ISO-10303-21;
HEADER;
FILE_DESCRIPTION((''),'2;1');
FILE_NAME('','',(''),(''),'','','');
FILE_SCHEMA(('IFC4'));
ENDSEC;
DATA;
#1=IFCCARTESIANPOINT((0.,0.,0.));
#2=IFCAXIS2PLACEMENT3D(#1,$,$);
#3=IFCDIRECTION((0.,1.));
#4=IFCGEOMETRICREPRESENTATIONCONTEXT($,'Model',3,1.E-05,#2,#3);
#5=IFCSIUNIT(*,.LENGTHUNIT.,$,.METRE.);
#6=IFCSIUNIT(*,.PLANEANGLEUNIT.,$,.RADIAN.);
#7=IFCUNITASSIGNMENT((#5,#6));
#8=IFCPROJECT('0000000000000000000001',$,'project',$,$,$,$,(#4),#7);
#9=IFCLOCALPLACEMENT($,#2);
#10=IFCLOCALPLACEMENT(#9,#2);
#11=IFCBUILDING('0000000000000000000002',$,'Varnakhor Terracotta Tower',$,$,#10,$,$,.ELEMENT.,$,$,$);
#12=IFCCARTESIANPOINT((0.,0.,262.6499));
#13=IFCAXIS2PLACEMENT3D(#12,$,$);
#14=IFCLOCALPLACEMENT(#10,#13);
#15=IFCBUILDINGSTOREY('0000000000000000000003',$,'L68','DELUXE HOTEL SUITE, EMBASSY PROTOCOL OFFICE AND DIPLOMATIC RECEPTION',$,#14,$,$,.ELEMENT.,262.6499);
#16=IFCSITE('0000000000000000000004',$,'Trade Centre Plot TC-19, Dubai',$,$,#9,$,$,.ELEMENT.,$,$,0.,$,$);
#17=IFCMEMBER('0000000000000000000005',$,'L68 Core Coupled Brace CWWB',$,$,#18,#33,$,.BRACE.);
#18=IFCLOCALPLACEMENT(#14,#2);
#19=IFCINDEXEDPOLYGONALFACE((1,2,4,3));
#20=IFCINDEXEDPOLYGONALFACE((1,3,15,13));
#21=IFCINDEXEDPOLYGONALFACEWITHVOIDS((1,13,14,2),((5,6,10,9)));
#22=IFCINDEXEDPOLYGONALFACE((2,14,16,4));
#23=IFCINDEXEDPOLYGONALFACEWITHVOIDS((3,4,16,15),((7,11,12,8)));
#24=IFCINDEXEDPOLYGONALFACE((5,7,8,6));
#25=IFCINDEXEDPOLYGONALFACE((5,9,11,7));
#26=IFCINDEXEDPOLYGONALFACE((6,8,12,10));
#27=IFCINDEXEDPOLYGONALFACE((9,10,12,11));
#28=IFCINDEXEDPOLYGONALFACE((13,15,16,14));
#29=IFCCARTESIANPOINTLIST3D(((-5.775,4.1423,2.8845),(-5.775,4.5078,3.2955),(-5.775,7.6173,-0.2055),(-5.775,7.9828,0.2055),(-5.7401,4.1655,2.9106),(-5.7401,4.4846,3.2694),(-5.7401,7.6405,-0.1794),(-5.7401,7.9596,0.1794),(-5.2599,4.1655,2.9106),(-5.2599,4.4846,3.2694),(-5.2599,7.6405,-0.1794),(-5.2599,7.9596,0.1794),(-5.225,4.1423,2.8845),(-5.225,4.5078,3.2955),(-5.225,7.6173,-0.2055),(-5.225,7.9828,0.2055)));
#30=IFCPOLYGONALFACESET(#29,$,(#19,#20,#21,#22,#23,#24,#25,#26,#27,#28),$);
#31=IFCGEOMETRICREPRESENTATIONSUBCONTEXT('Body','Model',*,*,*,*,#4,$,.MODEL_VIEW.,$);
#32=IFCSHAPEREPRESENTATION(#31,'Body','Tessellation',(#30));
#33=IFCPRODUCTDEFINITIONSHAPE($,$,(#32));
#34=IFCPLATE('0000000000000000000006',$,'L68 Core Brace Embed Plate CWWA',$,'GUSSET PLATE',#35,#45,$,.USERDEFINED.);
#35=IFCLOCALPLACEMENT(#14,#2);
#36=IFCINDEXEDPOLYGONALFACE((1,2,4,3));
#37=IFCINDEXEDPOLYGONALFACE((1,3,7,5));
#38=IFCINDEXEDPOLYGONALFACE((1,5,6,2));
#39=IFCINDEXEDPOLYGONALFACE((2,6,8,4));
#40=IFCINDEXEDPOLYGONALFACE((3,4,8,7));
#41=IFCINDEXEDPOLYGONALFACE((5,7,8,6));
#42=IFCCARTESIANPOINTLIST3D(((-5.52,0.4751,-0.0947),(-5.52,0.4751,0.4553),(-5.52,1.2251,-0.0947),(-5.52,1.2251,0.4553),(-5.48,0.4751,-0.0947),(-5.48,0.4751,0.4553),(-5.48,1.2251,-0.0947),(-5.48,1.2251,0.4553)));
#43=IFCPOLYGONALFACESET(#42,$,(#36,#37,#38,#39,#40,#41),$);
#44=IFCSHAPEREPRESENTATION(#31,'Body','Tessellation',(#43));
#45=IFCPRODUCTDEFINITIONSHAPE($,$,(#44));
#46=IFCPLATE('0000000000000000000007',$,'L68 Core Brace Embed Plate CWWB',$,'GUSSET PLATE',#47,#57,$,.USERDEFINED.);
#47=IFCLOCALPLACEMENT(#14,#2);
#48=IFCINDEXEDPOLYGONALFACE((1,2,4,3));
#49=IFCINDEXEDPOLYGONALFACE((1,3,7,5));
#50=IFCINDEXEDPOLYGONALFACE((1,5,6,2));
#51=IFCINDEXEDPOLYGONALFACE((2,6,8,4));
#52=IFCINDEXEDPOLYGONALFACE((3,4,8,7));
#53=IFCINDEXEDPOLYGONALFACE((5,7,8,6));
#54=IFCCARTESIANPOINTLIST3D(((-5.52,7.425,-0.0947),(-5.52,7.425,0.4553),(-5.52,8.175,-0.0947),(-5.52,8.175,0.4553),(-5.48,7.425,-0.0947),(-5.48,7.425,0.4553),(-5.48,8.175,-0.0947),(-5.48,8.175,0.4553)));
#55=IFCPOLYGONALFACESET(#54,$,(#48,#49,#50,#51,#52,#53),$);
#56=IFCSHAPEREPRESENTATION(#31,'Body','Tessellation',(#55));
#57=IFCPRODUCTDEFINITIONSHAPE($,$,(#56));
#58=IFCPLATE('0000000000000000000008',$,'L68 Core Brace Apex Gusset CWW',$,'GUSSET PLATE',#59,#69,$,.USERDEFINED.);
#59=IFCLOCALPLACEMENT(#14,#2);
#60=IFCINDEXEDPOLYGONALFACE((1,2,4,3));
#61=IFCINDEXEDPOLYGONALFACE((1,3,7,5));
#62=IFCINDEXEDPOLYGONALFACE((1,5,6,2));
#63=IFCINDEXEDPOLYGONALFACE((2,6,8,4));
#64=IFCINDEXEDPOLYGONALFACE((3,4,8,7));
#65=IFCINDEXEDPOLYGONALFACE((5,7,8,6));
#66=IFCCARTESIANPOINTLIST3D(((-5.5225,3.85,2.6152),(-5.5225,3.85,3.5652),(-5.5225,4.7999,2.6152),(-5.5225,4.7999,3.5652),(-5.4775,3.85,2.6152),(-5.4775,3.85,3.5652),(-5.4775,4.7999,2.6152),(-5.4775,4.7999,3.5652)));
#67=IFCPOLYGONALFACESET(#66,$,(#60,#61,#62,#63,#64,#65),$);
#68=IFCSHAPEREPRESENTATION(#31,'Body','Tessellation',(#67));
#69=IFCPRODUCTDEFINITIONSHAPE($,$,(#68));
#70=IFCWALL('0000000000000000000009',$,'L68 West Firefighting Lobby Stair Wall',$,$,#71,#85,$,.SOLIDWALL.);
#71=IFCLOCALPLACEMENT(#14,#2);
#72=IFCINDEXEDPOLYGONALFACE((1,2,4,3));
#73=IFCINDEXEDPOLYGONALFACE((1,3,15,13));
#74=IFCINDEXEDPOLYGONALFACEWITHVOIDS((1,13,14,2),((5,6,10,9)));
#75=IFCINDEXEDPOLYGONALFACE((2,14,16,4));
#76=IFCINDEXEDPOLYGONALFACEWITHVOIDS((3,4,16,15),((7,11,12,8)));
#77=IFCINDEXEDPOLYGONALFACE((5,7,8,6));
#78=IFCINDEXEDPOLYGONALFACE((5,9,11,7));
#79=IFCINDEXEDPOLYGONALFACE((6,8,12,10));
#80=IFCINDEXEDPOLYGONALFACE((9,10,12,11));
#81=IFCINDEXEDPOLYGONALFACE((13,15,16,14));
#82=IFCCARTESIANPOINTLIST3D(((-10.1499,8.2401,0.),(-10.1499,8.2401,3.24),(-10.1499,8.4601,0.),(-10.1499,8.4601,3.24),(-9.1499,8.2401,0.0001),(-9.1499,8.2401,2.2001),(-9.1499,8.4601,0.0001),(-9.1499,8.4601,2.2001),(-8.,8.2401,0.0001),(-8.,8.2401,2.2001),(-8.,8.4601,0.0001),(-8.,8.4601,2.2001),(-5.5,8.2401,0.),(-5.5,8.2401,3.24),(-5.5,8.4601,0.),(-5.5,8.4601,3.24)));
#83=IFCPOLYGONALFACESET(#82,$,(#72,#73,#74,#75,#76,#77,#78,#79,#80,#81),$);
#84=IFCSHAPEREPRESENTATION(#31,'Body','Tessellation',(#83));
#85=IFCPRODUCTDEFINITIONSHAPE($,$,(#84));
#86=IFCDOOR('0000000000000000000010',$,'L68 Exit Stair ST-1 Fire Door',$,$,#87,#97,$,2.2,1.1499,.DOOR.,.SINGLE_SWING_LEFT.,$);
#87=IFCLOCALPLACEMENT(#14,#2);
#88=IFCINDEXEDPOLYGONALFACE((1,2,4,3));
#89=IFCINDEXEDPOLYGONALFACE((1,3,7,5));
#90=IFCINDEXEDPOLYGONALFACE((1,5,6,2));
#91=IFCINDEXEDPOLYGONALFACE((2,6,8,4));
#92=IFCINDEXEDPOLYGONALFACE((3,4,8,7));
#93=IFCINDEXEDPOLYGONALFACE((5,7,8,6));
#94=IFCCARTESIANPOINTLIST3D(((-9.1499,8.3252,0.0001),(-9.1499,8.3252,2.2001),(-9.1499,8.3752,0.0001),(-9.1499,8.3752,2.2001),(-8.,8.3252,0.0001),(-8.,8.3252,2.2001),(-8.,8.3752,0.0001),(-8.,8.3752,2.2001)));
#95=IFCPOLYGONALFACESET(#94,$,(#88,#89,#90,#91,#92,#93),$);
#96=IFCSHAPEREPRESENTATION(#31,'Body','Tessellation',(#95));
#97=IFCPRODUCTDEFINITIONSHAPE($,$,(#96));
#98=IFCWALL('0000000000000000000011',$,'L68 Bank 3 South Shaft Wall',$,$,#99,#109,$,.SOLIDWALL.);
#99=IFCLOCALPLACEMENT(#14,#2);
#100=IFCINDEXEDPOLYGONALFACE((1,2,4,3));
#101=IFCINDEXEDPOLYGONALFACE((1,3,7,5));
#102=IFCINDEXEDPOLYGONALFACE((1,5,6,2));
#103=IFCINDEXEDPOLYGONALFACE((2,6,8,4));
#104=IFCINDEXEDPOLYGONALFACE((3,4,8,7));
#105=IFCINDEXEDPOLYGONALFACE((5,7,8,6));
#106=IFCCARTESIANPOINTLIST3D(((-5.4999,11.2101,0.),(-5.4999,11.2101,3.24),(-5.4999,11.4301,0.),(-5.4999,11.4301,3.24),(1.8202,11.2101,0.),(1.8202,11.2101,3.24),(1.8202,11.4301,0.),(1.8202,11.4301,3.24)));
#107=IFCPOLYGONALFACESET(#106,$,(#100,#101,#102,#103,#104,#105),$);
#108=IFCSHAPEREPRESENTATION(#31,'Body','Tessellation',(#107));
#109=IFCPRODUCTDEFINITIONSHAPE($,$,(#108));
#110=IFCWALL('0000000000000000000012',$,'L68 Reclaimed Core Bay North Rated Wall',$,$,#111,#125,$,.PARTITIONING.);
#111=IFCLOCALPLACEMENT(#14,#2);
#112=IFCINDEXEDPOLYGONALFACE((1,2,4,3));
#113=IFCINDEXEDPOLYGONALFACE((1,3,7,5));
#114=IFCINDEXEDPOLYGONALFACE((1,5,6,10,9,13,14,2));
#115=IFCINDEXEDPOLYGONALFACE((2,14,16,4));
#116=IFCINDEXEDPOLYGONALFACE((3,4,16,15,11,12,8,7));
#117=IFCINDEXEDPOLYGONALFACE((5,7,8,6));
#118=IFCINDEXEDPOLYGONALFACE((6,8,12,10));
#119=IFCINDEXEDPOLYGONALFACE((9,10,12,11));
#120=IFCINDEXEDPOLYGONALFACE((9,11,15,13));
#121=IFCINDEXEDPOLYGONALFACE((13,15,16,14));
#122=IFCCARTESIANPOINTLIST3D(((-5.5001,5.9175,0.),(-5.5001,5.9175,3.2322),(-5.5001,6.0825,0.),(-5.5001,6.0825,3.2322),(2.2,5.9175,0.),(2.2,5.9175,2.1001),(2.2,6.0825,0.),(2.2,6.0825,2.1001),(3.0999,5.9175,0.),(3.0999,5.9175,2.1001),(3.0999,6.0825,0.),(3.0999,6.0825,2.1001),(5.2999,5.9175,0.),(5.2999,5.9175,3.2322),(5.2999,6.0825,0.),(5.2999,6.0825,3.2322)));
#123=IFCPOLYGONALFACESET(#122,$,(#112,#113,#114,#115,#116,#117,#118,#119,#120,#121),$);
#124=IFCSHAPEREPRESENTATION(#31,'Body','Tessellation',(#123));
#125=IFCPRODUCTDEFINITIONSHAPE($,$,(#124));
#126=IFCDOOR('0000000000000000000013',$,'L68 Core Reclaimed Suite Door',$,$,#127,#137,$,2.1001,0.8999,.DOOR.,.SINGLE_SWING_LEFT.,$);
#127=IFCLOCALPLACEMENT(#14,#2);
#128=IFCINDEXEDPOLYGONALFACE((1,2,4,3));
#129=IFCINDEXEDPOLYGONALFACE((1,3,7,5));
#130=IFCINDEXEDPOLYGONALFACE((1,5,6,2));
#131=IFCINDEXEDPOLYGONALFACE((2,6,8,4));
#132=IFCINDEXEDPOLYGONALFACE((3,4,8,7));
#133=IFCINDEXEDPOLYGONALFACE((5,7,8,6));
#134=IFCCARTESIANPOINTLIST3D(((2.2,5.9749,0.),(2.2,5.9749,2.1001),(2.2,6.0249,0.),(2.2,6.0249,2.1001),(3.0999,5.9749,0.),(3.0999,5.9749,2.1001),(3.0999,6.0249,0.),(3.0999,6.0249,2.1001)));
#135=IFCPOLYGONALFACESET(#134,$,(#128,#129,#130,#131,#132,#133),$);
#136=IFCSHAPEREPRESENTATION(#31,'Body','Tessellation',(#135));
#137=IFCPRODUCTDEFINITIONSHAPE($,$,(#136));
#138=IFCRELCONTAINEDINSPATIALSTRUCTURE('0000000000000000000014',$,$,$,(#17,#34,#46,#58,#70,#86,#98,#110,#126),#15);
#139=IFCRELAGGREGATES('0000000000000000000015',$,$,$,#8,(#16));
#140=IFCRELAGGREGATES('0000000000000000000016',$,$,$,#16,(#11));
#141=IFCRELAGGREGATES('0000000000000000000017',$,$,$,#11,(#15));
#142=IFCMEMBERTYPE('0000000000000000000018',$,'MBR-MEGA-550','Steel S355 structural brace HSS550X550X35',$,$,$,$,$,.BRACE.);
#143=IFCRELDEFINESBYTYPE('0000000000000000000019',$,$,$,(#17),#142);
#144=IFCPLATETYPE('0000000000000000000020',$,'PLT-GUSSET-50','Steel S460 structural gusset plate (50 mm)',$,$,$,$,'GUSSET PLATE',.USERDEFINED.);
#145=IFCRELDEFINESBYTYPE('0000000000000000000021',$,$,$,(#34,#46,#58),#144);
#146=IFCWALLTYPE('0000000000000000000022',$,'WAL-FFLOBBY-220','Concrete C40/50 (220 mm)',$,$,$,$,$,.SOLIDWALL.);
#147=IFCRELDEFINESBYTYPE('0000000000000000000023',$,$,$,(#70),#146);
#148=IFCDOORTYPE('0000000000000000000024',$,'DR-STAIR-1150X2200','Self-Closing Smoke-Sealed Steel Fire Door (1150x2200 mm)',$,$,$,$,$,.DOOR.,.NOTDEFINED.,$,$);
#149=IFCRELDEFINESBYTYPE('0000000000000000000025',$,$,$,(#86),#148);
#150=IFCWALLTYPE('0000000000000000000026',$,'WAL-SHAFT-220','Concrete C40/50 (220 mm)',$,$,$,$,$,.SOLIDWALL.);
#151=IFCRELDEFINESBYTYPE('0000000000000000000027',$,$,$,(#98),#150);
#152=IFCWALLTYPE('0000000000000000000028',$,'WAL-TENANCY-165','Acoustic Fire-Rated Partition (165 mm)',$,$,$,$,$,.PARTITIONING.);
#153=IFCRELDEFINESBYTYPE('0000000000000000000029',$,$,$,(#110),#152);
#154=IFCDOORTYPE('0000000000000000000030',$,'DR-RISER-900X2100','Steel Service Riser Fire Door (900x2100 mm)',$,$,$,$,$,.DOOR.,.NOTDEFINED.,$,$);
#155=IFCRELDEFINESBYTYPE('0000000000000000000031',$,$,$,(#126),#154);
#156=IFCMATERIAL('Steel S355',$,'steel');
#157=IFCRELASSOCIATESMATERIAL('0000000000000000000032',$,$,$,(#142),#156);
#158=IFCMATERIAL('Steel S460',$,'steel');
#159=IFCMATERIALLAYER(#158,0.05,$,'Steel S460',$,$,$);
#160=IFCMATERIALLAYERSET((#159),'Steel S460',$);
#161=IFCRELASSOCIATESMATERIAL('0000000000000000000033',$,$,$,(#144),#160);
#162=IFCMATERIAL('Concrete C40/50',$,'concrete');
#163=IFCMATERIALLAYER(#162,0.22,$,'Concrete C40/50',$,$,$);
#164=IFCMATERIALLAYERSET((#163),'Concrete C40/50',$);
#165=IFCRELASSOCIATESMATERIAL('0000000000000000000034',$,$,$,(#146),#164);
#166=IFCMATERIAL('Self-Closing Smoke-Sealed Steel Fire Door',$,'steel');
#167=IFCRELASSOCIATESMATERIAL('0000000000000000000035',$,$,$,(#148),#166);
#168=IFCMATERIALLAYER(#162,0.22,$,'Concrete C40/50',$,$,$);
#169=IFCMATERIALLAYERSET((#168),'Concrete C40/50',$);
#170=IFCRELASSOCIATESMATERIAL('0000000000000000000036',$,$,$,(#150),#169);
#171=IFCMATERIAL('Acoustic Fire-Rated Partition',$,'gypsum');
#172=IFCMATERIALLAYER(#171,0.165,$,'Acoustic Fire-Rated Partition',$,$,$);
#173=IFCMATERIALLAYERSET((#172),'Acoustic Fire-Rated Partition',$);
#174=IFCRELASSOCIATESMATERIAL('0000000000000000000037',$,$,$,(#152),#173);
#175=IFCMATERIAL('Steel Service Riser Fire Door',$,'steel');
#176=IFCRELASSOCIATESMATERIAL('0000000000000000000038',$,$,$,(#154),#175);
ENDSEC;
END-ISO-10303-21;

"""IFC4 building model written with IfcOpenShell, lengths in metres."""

from ifc_helpers import new_model, si_unit, direction, frame, frame_2d, origin, origin_2d, place, context, subcontext, project, spatial, rectangle, hollow_rectangle, extrude, source, transform, mapped, material, layer, layer_set, material_profile, profile_set, type_object, type_shapes, element, fill, save


model = new_model("IFC4")

# Units and contexts
model_context = context("Model", 3, precision=1e-05, world=origin(), true_north=direction((0.0, 1.0)))
body_context = subcontext(model_context, "Body", "Model", "MODEL_VIEW")
ifc_project = project(units=[si_unit("LENGTHUNIT", "METRE"), si_unit("PLANEANGLEUNIT", "RADIAN")], contexts=[model_context])

# Site, building, storey
site_placement = place(None, origin())
site = spatial("IfcSite", under=ifc_project, at=site_placement, Name="Trade Centre Plot TC-19, Dubai", CompositionType="ELEMENT", RefElevation=0.0)
building_placement = place(site_placement, origin())
building = spatial("IfcBuilding", under=site, at=building_placement, Name="Varnakhor Terracotta Tower", CompositionType="ELEMENT")
storey_placement = place(building_placement, frame((0.0, 0.0, 262.6499)))
storey = spatial("IfcBuildingStorey", under=building, at=storey_placement, Name="L68", Description="DELUXE HOTEL SUITE, EMBASSY PROTOCOL OFFICE AND DIPLOMATIC RECEPTION", CompositionType="ELEMENT", Elevation=262.6499)

# Member
ifc_material_1 = material(Name="Steel S355", Category="steel")
ifc_material_profile = material_profile(ifc_material_1, hollow_rectangle(XDim=0.55, YDim=0.55, WallThickness=0.0349, at=origin_2d()), Name="HSS550X550X35")
ifc_profile_set = profile_set([ifc_material_profile], Name="Steel S355")
member_type = type_object("IfcMemberType", Name="MBR-MEGA-550", Description="Steel S355 structural brace HSS550X550X35", PredefinedType="BRACE", material=ifc_profile_set)
shared_shape_1 = source(origin(), body_context, "Body", "SweptSolid", [
    extrude(hollow_rectangle(XDim=0.55, YDim=0.55, WallThickness=0.0349, at=origin_2d()), origin(), (0.0, 0.0, 1.0), 4.6501),
])
member_placement = place(storey_placement, frame((-5.5, 7.8, 0.0), z_axis=(0.0, -0.747291, 0.664497), x_axis=(1.0, 0.0, 0.0)))
element("IfcMember", 1, at=member_placement, inside=storey, type_object=member_type, Name="L68 Core Coupled Brace CWWB", PredefinedType="BRACE", context=body_context, shape_type="MappedRepresentation", body=[
    mapped(shared_shape_1, transform((0.0, 0.0, 0.0), scale=1.0)),
])

# Plates
ifc_material_2 = material(Name="Steel S460", Category="steel")
ifc_layer_1 = layer(ifc_material_2, 0.05, Name="Steel S460")
ifc_layer_set_1 = layer_set([ifc_layer_1], Name="Steel S460")
plate_type = type_object("IfcPlateType", Name="PLT-GUSSET-50", Description="Steel S460 structural gusset plate (50 mm)", ElementType="GUSSET PLATE", PredefinedType="USERDEFINED", material=ifc_layer_set_1)
shared_shape_2 = source(origin(), body_context, "Body", "SweptSolid", [
    extrude(rectangle(XDim=0.75, YDim=0.04, at=origin_2d()), origin(), (0.0, 0.0, 1.0), 0.55),
])
type_shapes(plate_type, [shared_shape_2])
for number, where, z_axis, x_axis, name in (
    (2, (-5.5, 0.8501, -0.0947), (0.0, 0.0, 1.0), (0.0, 1.0, 0.0), "L68 Core Brace Embed Plate CWWA"),
    (3, (-5.5, 7.8, -0.0947), (0.0, 0.0, 1.0), (0.0, 1.0, 0.0), "L68 Core Brace Embed Plate CWWB"),
):
    element("IfcPlate", number, at=place(storey_placement, frame(where, z_axis=z_axis, x_axis=x_axis)), inside=storey, type_object=plate_type, Name=name, ObjectType="GUSSET PLATE", PredefinedType="USERDEFINED", context=body_context, shape_type="MappedRepresentation", body=[
        mapped(shared_shape_2, transform((0.0, 0.0, 0.0), scale=1.0)),
    ])
shared_shape_3 = source(origin(), body_context, "Body", "SweptSolid", [
    extrude(rectangle(XDim=0.95, YDim=0.0449, at=origin_2d()), origin(), (0.0, 0.0, 1.0), 0.95),
])
plate_placement = place(storey_placement, frame((-5.5, 4.325, 2.6152), z_axis=(0.0, 0.0, 1.0), x_axis=(0.0, 1.0, 0.0)))
element("IfcPlate", 4, at=plate_placement, inside=storey, type_object=plate_type, Name="L68 Core Brace Apex Gusset CWW", ObjectType="GUSSET PLATE", PredefinedType="USERDEFINED", context=body_context, shape_type="MappedRepresentation", body=[
    mapped(shared_shape_3, transform((0.0, 0.0, 0.0), scale=1.0)),
])

# Wall, opening, door
ifc_material_3 = material(Name="Concrete C40/50", Category="concrete")
ifc_layer_2 = layer(ifc_material_3, 0.22, Name="Concrete C40/50")
ifc_layer_set_2 = layer_set([ifc_layer_2], Name="Concrete C40/50")
wall_type_1 = type_object("IfcWallType", Name="WAL-FFLOBBY-220", Description="Concrete C40/50 (220 mm)", PredefinedType="SOLIDWALL", material=ifc_layer_set_2)
wall_1_placement = place(storey_placement, frame((-5.5, 8.3501, 0.0), z_axis=(0.0, 0.0, 1.0), x_axis=(-1.0, 0.0, 0.0)))
wall_1 = element("IfcWall", 5, at=wall_1_placement, inside=storey, type_object=wall_type_1, Name="L68 West Firefighting Lobby Stair Wall", PredefinedType="SOLIDWALL", context=body_context, shape_type="SweptSolid", body=[
    extrude(rectangle(XDim=4.6499, YDim=0.22, at=frame_2d((2.325, 0.0))), origin(), (0.0, 0.0, 1.0), 3.24),
])
opening_1_placement = place(wall_1_placement, frame((2.5, 0.0, 0.0)))
opening_1 = element("IfcOpeningElement", 6, at=opening_1_placement, cuts=wall_1, PredefinedType="OPENING", context=body_context, shape_type="SweptSolid", body=[
    extrude(rectangle(XDim=1.1499, YDim=2.2, at=frame_2d((0.575, 1.1001))), frame((0.0, 0.1201, 0.0), z_axis=(0.0, -1.0, 0.0), x_axis=(1.0, 0.0, 0.0)), (0.0, 0.0, 1.0), 0.24),
])
ifc_material_4 = material(Name="Self-Closing Smoke-Sealed Steel Fire Door", Category="steel")
door_type_1 = type_object("IfcDoorType", Name="DR-STAIR-1150X2200", Description="Self-Closing Smoke-Sealed Steel Fire Door (1150x2200 mm)", OperationType="NOTDEFINED", PredefinedType="DOOR", material=ifc_material_4)
shared_shape_4 = source(origin(), body_context, "Body", "SweptSolid", [
    extrude(rectangle(XDim=1.1499, YDim=2.2, at=frame_2d((0.575, 1.1001))), frame((0.0, 0.0249, 0.0), z_axis=(0.0, -1.0, 0.0), x_axis=(1.0, 0.0, 0.0)), (0.0, 0.0, 1.0), 0.05),
])
type_shapes(door_type_1, [shared_shape_4])
door_1_placement = place(opening_1_placement, origin())
door_1 = element("IfcDoor", 7, at=door_1_placement, inside=storey, type_object=door_type_1, Name="L68 Exit Stair ST-1 Fire Door", OperationType="SINGLE_SWING_LEFT", OverallHeight=2.2, OverallWidth=1.1499, PredefinedType="DOOR", context=body_context, shape_type="MappedRepresentation", body=[
    mapped(shared_shape_4, transform((0.0, 0.0, 0.0), scale=1.0)),
])
fill(opening_1, door_1)

# Wall
ifc_layer_3 = layer(ifc_material_3, 0.22, Name="Concrete C40/50")
ifc_layer_set_3 = layer_set([ifc_layer_3], Name="Concrete C40/50")
wall_type_2 = type_object("IfcWallType", Name="WAL-SHAFT-220", Description="Concrete C40/50 (220 mm)", PredefinedType="SOLIDWALL", material=ifc_layer_set_3)
wall_2_placement = place(storey_placement, frame((-5.5, 11.3201, 0.0), z_axis=(0.0, 0.0, 1.0), x_axis=(1.0, 0.0, 0.0)))
element("IfcWall", 8, at=wall_2_placement, inside=storey, type_object=wall_type_2, Name="L68 Bank 3 South Shaft Wall", PredefinedType="SOLIDWALL", context=body_context, shape_type="SweptSolid", body=[
    extrude(rectangle(XDim=7.3201, YDim=0.22, at=frame_2d((3.6602, 0.0))), origin(), (0.0, 0.0, 1.0), 3.24),
])

# Wall, opening, door
ifc_material_5 = material(Name="Acoustic Fire-Rated Partition", Category="gypsum")
ifc_layer_4 = layer(ifc_material_5, 0.165, Name="Acoustic Fire-Rated Partition")
ifc_layer_set_4 = layer_set([ifc_layer_4], Name="Acoustic Fire-Rated Partition")
wall_type_3 = type_object("IfcWallType", Name="WAL-TENANCY-165", Description="Acoustic Fire-Rated Partition (165 mm)", PredefinedType="PARTITIONING", material=ifc_layer_set_4)
wall_3_placement = place(storey_placement, frame((-5.5, 6.0, 0.0), z_axis=(0.0, 0.0, 1.0), x_axis=(1.0, 0.0, 0.0)))
wall_3 = element("IfcWall", 9, at=wall_3_placement, inside=storey, type_object=wall_type_3, Name="L68 Reclaimed Core Bay North Rated Wall", PredefinedType="PARTITIONING", context=body_context, shape_type="SweptSolid", body=[
    extrude(rectangle(XDim=10.8, YDim=0.165, at=frame_2d((5.3999, 0.0))), origin(), (0.0, 0.0, 1.0), 3.2322),
])
opening_2_placement = place(wall_3_placement, frame((7.7, 0.0, 0.0)))
opening_2 = element("IfcOpeningElement", 10, at=opening_2_placement, cuts=wall_3, PredefinedType="OPENING", context=body_context, shape_type="SweptSolid", body=[
    extrude(rectangle(XDim=0.8999, YDim=2.1001, at=frame_2d((0.45, 1.05))), frame((0.0, 0.0925, 0.0), z_axis=(0.0, -1.0, 0.0), x_axis=(1.0, 0.0, 0.0)), (0.0, 0.0, 1.0), 0.1851),
])
ifc_material_6 = material(Name="Steel Service Riser Fire Door", Category="steel")
door_type_2 = type_object("IfcDoorType", Name="DR-RISER-900X2100", Description="Steel Service Riser Fire Door (900x2100 mm)", OperationType="NOTDEFINED", PredefinedType="DOOR", material=ifc_material_6)
shared_shape_5 = source(origin(), body_context, "Body", "SweptSolid", [
    extrude(rectangle(XDim=0.8999, YDim=2.1001, at=frame_2d((0.45, 1.05))), frame((0.0, 0.0249, 0.0), z_axis=(0.0, -1.0, 0.0), x_axis=(1.0, 0.0, 0.0)), (0.0, 0.0, 1.0), 0.05),
])
type_shapes(door_type_2, [shared_shape_5])
door_2_placement = place(opening_2_placement, origin())
door_2 = element("IfcDoor", 11, at=door_2_placement, inside=storey, type_object=door_type_2, Name="L68 Core Reclaimed Suite Door", OperationType="SINGLE_SWING_LEFT", OverallHeight=2.1001, OverallWidth=0.8999, PredefinedType="DOOR", context=body_context, shape_type="MappedRepresentation", body=[
    mapped(shared_shape_5, transform((0.0, 0.0, 0.0), scale=1.0)),
])
fill(opening_2, door_2)

save(model, "model.ifc")
